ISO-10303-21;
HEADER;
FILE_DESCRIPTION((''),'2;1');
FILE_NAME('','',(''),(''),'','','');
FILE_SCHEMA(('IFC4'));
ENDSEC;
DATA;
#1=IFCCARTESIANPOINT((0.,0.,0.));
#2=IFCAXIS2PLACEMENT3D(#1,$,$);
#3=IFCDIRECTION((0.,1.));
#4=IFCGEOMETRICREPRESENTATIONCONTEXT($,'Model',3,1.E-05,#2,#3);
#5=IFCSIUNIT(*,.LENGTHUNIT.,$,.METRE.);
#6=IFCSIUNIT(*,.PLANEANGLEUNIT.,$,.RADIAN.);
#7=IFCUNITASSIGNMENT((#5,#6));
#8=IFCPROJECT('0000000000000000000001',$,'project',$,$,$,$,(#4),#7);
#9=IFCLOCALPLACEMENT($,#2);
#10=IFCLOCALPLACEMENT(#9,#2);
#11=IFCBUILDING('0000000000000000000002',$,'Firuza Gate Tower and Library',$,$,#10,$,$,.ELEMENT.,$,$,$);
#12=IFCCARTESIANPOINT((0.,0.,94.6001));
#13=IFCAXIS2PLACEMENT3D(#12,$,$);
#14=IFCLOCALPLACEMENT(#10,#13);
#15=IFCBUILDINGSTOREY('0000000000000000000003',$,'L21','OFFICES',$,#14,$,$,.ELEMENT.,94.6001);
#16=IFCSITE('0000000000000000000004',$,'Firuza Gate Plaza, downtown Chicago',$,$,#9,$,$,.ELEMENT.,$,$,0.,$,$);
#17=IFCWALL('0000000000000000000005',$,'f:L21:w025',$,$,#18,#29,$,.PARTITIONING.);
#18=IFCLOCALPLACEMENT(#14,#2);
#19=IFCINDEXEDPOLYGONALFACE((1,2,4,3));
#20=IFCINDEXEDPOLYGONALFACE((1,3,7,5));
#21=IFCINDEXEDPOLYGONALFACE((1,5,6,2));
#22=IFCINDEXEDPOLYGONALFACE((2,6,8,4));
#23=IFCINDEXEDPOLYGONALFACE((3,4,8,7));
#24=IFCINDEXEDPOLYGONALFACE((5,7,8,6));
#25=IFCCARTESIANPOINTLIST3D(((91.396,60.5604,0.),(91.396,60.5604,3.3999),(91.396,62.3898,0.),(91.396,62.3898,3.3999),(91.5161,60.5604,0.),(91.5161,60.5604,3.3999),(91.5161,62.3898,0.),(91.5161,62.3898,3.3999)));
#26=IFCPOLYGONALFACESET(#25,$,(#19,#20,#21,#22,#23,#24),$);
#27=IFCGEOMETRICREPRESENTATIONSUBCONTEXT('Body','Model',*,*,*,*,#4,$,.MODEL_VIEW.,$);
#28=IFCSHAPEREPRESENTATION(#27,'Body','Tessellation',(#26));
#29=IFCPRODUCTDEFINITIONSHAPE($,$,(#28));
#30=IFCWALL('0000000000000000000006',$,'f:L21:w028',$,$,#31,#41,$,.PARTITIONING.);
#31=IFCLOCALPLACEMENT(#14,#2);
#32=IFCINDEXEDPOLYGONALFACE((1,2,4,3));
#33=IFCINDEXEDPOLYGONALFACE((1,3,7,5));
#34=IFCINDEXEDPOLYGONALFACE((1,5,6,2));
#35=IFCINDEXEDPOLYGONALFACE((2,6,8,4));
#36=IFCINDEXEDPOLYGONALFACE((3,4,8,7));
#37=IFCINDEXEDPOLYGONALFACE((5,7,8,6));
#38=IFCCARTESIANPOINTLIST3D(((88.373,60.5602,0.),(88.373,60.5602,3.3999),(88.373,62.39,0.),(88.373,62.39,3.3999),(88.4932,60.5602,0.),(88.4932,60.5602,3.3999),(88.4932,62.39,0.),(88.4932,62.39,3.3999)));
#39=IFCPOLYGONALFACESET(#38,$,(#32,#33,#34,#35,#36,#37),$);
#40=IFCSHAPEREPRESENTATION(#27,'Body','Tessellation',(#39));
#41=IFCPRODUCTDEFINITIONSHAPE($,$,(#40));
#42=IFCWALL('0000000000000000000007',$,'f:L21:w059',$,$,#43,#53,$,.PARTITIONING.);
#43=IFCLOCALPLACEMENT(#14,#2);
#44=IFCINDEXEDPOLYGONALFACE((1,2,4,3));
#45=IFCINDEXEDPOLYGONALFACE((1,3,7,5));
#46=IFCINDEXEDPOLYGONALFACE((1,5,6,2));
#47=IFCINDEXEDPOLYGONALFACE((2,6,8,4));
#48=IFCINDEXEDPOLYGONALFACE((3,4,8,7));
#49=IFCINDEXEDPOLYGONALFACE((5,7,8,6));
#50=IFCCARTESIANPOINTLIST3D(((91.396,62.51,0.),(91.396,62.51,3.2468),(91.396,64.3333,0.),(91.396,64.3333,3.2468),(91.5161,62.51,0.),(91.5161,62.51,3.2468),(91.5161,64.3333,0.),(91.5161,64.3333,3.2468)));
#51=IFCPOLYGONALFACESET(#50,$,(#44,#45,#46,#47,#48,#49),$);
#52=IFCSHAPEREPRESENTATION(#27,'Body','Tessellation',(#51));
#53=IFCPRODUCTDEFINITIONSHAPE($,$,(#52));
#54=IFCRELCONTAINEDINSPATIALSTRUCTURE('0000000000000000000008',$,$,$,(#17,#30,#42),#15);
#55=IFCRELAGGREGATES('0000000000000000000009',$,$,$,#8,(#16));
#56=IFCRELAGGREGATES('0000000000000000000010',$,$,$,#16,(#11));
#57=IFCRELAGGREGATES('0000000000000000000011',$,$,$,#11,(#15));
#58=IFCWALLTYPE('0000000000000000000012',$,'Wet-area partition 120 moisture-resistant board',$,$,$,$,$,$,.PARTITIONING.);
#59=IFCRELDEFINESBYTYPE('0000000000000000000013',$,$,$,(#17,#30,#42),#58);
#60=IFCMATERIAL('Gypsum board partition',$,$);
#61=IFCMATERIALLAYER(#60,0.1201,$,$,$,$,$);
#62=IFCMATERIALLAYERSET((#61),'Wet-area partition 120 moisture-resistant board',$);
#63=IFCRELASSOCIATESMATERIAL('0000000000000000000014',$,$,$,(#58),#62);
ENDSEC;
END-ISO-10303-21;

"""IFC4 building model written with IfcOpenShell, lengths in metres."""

from ifc_helpers import new_model, si_unit, direction, frame, frame_2d, origin, place, context, subcontext, project, spatial, rectangle, extrude, material, layer, layer_set, type_object, element, save


model = new_model("IFC4")

# Units and contexts
model_context = context("Model", 3, precision=1e-05, world=origin(), true_north=direction((0.0, 1.0)))
body_context = subcontext(model_context, "Body", "Model", "MODEL_VIEW")
ifc_project = project(units=[si_unit("LENGTHUNIT", "METRE"), si_unit("PLANEANGLEUNIT", "RADIAN")], contexts=[model_context])

# Site, building, storey
site_placement = place(None, origin())
site = spatial("IfcSite", under=ifc_project, at=site_placement, Name="Firuza Gate Plaza, downtown Chicago", CompositionType="ELEMENT", RefElevation=0.0)
building_placement = place(site_placement, origin())
building = spatial("IfcBuilding", under=site, at=building_placement, Name="Firuza Gate Tower and Library", CompositionType="ELEMENT")
storey_placement = place(building_placement, frame((0.0, 0.0, 94.6001)))
storey = spatial("IfcBuildingStorey", under=building, at=storey_placement, Name="L21", Description="OFFICES", CompositionType="ELEMENT", Elevation=94.6001)

# Shared definitions
ifc_material_1 = material(Name="Gypsum board partition")
ifc_layer_1 = layer(ifc_material_1, 0.1201)
ifc_layer_set_1 = layer_set([ifc_layer_1], Name="Wet-area partition 120 moisture-resistant board")
wall_type_1 = type_object("IfcWallType", Name="Wet-area partition 120 moisture-resistant board", PredefinedType="PARTITIONING", material=ifc_layer_set_1)

# Walls
wall_1_placement = place(storey_placement, frame((91.4561, 60.5605, 0.0), z_axis=(0.0, 0.0, 1.0), x_axis=(0.0, 1.0, 0.0)))
element("IfcWall", 1, at=wall_1_placement, inside=storey, type_object=wall_type_1, Name="f:L21:w025", PredefinedType="PARTITIONING", context=body_context, shape_type="SweptSolid", body=[
    extrude(rectangle(XDim=1.8293, YDim=0.1201, at=frame_2d((0.9146, 0.0))), origin(), (0.0, 0.0, 1.0), 3.3999),
])
wall_2_placement = place(storey_placement, frame((88.4331, 60.5601, 0.0), z_axis=(0.0, 0.0, 1.0), x_axis=(0.0, 1.0, 0.0)))
element("IfcWall", 2, at=wall_2_placement, inside=storey, type_object=wall_type_1, Name="f:L21:w028", PredefinedType="PARTITIONING", context=body_context, shape_type="SweptSolid", body=[
    extrude(rectangle(XDim=1.8298, YDim=0.1201, at=frame_2d((0.915, 0.0))), origin(), (0.0, 0.0, 1.0), 3.3999),
])
wall_3_placement = place(storey_placement, frame((91.4561, 62.51, 0.0), z_axis=(0.0, 0.0, 1.0), x_axis=(0.0, 1.0, 0.0)))
element("IfcWall", 3, at=wall_3_placement, inside=storey, type_object=wall_type_1, Name="f:L21:w059", PredefinedType="PARTITIONING", context=body_context, shape_type="SweptSolid", body=[
    extrude(rectangle(XDim=1.8232, YDim=0.1201, at=frame_2d((0.9116, 0.0))), origin(), (0.0, 0.0, 1.0), 3.2468),
])

save(model, "model.ifc")
